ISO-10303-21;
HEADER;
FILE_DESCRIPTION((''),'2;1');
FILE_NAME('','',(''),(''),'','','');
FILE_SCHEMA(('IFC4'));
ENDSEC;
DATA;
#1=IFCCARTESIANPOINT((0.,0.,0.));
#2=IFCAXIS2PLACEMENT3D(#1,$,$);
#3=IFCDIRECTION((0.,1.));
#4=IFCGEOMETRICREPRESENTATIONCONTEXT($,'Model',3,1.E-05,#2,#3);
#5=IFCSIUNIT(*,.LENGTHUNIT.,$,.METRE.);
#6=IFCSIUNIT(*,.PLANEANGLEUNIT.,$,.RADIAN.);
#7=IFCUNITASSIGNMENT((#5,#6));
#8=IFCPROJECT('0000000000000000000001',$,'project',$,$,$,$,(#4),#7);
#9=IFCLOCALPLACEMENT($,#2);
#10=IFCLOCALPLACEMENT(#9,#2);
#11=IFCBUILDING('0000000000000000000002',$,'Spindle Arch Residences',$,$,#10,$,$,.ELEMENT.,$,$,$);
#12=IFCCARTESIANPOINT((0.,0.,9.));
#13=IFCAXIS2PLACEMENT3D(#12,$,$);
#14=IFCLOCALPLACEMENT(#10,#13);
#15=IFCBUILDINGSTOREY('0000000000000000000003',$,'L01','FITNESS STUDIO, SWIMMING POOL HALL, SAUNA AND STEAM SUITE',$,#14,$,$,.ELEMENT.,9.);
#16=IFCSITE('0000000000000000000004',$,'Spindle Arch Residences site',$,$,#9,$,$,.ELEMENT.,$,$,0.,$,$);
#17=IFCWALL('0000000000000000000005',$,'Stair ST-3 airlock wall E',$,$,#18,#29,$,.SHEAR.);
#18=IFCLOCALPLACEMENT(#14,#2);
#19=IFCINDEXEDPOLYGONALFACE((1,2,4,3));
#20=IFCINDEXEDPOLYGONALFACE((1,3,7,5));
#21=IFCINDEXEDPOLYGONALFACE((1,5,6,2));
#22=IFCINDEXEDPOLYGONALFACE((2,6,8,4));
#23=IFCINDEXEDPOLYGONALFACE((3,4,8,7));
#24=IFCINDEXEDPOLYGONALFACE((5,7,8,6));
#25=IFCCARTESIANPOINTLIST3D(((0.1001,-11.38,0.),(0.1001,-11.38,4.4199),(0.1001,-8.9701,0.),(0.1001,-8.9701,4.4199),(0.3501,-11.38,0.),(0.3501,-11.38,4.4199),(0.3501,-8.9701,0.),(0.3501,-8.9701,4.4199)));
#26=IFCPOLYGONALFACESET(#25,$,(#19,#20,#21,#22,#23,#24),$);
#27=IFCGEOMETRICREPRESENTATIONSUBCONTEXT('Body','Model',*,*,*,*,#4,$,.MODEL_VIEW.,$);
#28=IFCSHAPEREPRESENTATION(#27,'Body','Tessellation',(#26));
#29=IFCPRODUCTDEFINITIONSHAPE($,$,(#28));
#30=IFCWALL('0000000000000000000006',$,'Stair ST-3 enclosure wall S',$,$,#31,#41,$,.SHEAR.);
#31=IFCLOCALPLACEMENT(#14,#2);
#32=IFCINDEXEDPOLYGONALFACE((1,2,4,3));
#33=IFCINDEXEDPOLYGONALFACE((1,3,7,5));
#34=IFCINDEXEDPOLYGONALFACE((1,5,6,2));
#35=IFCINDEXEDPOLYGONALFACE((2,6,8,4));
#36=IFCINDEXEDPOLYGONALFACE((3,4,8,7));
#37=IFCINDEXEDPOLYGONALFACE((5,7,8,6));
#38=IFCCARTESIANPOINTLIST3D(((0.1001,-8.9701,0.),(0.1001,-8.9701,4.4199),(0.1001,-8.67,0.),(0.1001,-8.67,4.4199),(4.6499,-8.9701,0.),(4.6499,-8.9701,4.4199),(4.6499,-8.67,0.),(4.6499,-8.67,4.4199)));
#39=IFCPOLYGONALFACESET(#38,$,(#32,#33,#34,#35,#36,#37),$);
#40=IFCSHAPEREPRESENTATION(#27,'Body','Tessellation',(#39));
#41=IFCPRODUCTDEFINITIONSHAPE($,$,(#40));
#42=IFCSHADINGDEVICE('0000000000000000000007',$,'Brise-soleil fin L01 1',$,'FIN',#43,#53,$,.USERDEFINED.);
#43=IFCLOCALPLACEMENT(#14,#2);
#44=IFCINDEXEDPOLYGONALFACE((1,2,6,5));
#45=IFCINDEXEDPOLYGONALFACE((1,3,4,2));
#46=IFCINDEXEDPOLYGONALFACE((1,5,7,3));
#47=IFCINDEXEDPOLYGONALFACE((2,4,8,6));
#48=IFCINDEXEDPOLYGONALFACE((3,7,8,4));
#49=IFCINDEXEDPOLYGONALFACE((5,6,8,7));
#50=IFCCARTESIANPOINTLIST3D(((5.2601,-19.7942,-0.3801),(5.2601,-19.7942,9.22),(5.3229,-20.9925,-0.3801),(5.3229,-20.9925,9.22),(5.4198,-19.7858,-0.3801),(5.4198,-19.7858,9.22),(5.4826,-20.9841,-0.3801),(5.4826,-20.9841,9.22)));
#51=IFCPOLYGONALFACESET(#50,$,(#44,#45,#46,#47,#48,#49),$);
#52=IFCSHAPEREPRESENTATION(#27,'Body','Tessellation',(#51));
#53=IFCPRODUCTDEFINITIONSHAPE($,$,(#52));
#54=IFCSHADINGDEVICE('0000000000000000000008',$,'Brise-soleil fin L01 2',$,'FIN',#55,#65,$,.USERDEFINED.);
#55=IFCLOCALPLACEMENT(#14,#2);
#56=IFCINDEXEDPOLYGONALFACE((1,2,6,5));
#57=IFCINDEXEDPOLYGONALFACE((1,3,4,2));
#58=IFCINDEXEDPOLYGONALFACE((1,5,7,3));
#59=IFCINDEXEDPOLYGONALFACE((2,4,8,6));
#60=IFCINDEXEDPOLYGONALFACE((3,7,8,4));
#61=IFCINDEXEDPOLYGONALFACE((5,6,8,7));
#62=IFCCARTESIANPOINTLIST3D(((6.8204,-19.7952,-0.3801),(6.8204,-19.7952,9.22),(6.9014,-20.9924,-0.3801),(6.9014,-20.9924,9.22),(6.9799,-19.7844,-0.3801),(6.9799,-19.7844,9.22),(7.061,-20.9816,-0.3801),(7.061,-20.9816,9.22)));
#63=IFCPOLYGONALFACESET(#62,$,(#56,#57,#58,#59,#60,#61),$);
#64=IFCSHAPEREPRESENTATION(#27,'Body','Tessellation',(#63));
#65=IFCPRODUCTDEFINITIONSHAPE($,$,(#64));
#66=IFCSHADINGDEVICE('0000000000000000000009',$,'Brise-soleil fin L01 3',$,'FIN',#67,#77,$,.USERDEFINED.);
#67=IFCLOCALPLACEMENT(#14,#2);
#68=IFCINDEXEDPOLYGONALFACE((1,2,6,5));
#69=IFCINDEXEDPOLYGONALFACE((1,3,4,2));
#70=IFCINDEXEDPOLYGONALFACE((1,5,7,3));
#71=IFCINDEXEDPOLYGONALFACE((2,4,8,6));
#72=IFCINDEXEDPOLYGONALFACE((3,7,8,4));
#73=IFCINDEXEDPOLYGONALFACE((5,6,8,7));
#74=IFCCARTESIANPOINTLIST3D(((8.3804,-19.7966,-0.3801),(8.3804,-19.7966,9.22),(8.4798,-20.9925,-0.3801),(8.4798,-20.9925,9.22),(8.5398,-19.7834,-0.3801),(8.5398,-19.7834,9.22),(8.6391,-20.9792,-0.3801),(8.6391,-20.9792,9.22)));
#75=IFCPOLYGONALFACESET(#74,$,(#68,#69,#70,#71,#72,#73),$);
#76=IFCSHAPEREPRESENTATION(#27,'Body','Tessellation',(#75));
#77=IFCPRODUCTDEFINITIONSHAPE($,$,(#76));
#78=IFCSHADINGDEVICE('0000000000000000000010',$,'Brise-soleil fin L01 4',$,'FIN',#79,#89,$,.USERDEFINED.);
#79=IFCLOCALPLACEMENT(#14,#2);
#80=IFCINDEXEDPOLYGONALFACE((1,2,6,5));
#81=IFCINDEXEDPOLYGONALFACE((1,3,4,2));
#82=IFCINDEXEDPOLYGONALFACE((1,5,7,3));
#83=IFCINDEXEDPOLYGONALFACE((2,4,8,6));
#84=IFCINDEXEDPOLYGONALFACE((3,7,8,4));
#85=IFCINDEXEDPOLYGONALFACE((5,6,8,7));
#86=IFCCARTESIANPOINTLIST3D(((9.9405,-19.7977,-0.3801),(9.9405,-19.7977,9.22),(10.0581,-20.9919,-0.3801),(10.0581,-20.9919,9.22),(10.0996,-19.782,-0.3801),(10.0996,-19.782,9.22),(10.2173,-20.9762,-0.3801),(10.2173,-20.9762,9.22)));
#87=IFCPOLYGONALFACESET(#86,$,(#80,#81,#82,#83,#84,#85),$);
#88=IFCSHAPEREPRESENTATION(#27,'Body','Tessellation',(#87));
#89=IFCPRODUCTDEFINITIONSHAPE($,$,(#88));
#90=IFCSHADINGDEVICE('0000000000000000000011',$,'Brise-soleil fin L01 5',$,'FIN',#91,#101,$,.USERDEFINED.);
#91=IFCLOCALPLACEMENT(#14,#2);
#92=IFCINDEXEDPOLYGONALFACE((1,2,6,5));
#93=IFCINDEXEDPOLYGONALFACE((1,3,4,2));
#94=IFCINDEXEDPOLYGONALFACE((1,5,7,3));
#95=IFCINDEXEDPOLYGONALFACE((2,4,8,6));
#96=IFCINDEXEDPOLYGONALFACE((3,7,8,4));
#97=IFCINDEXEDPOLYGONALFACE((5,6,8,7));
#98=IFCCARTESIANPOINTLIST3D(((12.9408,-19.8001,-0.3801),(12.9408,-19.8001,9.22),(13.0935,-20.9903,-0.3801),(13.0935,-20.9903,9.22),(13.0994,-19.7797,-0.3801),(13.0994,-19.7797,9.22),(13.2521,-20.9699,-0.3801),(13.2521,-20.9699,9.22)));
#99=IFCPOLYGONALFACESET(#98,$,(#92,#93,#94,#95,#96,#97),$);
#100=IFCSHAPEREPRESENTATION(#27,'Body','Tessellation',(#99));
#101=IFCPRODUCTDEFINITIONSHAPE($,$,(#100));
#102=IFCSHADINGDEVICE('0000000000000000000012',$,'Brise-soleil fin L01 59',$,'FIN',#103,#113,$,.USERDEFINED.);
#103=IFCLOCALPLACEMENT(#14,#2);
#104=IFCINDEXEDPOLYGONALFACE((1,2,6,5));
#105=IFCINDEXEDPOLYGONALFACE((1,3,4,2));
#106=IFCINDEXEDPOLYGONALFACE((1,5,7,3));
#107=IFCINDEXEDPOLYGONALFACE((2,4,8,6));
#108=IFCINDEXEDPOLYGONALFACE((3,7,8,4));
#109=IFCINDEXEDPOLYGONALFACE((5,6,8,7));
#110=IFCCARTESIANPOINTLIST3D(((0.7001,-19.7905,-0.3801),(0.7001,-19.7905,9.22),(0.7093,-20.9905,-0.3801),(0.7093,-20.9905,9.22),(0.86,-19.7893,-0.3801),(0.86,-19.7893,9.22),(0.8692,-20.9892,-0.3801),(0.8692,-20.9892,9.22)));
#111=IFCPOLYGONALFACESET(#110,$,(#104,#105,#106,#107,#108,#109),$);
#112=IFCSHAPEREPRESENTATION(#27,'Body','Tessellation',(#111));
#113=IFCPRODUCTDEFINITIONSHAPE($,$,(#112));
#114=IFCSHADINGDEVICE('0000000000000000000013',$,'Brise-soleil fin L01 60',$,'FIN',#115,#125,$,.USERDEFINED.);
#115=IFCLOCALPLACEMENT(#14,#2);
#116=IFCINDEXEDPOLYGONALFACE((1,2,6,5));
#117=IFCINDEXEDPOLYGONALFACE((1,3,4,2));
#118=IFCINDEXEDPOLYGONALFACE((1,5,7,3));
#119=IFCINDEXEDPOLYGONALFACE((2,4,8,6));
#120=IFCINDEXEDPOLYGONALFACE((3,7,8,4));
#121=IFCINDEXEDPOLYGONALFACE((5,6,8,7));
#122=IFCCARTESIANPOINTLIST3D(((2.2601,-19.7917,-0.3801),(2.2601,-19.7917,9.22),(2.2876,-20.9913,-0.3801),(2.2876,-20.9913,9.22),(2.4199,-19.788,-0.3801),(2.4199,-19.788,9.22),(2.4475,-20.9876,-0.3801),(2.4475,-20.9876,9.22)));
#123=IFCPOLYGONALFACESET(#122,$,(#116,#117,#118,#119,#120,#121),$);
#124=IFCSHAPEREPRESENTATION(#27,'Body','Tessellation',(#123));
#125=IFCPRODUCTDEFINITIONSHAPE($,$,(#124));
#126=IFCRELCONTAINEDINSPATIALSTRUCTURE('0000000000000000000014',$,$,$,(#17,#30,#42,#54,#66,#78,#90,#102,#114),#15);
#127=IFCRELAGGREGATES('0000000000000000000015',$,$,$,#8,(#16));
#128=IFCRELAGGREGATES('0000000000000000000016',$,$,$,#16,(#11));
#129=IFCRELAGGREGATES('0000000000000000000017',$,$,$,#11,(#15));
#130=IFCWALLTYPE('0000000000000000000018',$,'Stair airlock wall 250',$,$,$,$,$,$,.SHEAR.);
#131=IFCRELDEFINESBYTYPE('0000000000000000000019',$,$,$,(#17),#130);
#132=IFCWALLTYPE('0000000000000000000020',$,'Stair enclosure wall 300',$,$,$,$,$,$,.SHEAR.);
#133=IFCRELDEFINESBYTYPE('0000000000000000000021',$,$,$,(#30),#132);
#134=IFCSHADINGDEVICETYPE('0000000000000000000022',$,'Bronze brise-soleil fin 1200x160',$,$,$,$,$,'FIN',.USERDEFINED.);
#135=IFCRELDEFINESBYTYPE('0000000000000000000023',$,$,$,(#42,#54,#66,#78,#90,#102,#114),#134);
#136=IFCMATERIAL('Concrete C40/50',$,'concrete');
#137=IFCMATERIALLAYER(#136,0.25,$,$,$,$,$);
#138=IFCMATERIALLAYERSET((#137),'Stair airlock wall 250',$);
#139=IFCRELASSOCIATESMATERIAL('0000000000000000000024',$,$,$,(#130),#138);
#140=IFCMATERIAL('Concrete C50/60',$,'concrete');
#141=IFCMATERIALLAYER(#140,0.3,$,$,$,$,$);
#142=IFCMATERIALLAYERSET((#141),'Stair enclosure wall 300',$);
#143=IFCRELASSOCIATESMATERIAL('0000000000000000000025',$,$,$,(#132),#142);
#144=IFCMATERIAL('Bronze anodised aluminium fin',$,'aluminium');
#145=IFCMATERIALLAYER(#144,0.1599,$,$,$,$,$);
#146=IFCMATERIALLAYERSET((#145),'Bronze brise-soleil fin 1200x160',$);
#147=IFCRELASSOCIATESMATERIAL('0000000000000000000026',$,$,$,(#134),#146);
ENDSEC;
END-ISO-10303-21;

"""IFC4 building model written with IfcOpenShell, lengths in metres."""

from ifc_helpers import new_model, si_unit, direction, frame, frame_2d, origin, origin_2d, place, context, subcontext, project, spatial, rectangle, extrude, material, layer, layer_set, type_object, element, save


model = new_model("IFC4")

# Units and contexts
model_context = context("Model", 3, precision=1e-05, world=origin(), true_north=direction((0.0, 1.0)))
body_context = subcontext(model_context, "Body", "Model", "MODEL_VIEW")
ifc_project = project(units=[si_unit("LENGTHUNIT", "METRE"), si_unit("PLANEANGLEUNIT", "RADIAN")], contexts=[model_context])

# Site, building, storey
site_placement = place(None, origin())
site = spatial("IfcSite", under=ifc_project, at=site_placement, Name="Spindle Arch Residences site", CompositionType="ELEMENT", RefElevation=0.0)
building_placement = place(site_placement, origin())
building = spatial("IfcBuilding", under=site, at=building_placement, Name="Spindle Arch Residences", CompositionType="ELEMENT")
storey_placement = place(building_placement, frame((0.0, 0.0, 9.0)))
storey = spatial("IfcBuildingStorey", under=building, at=storey_placement, Name="L01", Description="FITNESS STUDIO, SWIMMING POOL HALL, SAUNA AND STEAM SUITE", CompositionType="ELEMENT", Elevation=9.0)

# Walls
ifc_material_1 = material(Name="Concrete C40/50", Category="concrete")
ifc_layer_1 = layer(ifc_material_1, 0.25)
ifc_layer_set_1 = layer_set([ifc_layer_1], Name="Stair airlock wall 250")
wall_type_1 = type_object("IfcWallType", Name="Stair airlock wall 250", PredefinedType="SHEAR", material=ifc_layer_set_1)
wall_1_placement = place(storey_placement, frame((0.2251, -8.97, 0.0), z_axis=(0.0, 0.0, 1.0), x_axis=(0.0, -1.0, 0.0)))
element("IfcWall", 1, at=wall_1_placement, inside=storey, type_object=wall_type_1, Name="Stair ST-3 airlock wall E", PredefinedType="SHEAR", context=body_context, shape_type="SweptSolid", body=[
    extrude(rectangle(XDim=2.4099, YDim=0.25, at=frame_2d((1.2051, 0.0))), origin(), (0.0, 0.0, 1.0), 4.4199),
])
ifc_material_2 = material(Name="Concrete C50/60", Category="concrete")
ifc_layer_2 = layer(ifc_material_2, 0.3)
ifc_layer_set_2 = layer_set([ifc_layer_2], Name="Stair enclosure wall 300")
wall_type_2 = type_object("IfcWallType", Name="Stair enclosure wall 300", PredefinedType="SHEAR", material=ifc_layer_set_2)
wall_2_placement = place(storey_placement, frame((0.1001, -8.8201, 0.0), z_axis=(0.0, 0.0, 1.0), x_axis=(1.0, 0.0, 0.0)))
element("IfcWall", 2, at=wall_2_placement, inside=storey, type_object=wall_type_2, Name="Stair ST-3 enclosure wall S", PredefinedType="SHEAR", context=body_context, shape_type="SweptSolid", body=[
    extrude(rectangle(XDim=4.5498, YDim=0.3, at=frame_2d((2.2749, 0.0))), origin(), (0.0, 0.0, 1.0), 4.4199),
])

# Shading devices
ifc_material_3 = material(Name="Bronze anodised aluminium fin", Category="aluminium")
ifc_layer_3 = layer(ifc_material_3, 0.1599)
ifc_layer_set_3 = layer_set([ifc_layer_3], Name="Bronze brise-soleil fin 1200x160")
shading_device_type = type_object("IfcShadingDeviceType", Name="Bronze brise-soleil fin 1200x160", ElementType="FIN", PredefinedType="USERDEFINED", material=ifc_layer_set_3)
for number, where, z_axis, x_axis, name in (
    (3, (5.3713, -20.3892, -0.3801), (0.0, 0.0, 1.0), (0.052314, -0.998631, 0.0), "Brise-soleil fin L01 1"),
    (4, (6.9407, -20.3884, -0.3801), (0.0, 0.0, 1.0), (0.067576, -0.997714, 0.0), "Brise-soleil fin L01 2"),
    (5, (8.5098, -20.3879, -0.3801), (0.0, 0.0, 1.0), (0.082823, -0.996564, 0.0), "Brise-soleil fin L01 3"),
    (6, (10.0789, -20.387, -0.3801), (0.0, 0.0, 1.0), (0.09805, -0.995181, 0.0), "Brise-soleil fin L01 4"),
    (7, (13.0964, -20.385, -0.3801), (0.0, 0.0, 1.0), (0.127265, -0.991869, 0.0), "Brise-soleil fin L01 5"),
    (8, (0.7847, -20.3899, -0.3801), (0.0, 0.0, 1.0), (0.007645, -0.999971, 0.0), "Brise-soleil fin L01 59"),
    (9, (2.3538, -20.3896, -0.3801), (0.0, 0.0, 1.0), (0.022933, -0.999737, 0.0), "Brise-soleil fin L01 60"),
):
    element("IfcShadingDevice", number, at=place(storey_placement, frame(where, z_axis=z_axis, x_axis=x_axis)), inside=storey, type_object=shading_device_type, Name=name, ObjectType="FIN", PredefinedType="USERDEFINED", context=body_context, shape_type="SweptSolid", body=[
        extrude(rectangle(XDim=1.2, YDim=0.1599, at=origin_2d()), origin(), (0.0, 0.0, 1.0), 9.6001),
    ])

save(model, "model.ifc")
